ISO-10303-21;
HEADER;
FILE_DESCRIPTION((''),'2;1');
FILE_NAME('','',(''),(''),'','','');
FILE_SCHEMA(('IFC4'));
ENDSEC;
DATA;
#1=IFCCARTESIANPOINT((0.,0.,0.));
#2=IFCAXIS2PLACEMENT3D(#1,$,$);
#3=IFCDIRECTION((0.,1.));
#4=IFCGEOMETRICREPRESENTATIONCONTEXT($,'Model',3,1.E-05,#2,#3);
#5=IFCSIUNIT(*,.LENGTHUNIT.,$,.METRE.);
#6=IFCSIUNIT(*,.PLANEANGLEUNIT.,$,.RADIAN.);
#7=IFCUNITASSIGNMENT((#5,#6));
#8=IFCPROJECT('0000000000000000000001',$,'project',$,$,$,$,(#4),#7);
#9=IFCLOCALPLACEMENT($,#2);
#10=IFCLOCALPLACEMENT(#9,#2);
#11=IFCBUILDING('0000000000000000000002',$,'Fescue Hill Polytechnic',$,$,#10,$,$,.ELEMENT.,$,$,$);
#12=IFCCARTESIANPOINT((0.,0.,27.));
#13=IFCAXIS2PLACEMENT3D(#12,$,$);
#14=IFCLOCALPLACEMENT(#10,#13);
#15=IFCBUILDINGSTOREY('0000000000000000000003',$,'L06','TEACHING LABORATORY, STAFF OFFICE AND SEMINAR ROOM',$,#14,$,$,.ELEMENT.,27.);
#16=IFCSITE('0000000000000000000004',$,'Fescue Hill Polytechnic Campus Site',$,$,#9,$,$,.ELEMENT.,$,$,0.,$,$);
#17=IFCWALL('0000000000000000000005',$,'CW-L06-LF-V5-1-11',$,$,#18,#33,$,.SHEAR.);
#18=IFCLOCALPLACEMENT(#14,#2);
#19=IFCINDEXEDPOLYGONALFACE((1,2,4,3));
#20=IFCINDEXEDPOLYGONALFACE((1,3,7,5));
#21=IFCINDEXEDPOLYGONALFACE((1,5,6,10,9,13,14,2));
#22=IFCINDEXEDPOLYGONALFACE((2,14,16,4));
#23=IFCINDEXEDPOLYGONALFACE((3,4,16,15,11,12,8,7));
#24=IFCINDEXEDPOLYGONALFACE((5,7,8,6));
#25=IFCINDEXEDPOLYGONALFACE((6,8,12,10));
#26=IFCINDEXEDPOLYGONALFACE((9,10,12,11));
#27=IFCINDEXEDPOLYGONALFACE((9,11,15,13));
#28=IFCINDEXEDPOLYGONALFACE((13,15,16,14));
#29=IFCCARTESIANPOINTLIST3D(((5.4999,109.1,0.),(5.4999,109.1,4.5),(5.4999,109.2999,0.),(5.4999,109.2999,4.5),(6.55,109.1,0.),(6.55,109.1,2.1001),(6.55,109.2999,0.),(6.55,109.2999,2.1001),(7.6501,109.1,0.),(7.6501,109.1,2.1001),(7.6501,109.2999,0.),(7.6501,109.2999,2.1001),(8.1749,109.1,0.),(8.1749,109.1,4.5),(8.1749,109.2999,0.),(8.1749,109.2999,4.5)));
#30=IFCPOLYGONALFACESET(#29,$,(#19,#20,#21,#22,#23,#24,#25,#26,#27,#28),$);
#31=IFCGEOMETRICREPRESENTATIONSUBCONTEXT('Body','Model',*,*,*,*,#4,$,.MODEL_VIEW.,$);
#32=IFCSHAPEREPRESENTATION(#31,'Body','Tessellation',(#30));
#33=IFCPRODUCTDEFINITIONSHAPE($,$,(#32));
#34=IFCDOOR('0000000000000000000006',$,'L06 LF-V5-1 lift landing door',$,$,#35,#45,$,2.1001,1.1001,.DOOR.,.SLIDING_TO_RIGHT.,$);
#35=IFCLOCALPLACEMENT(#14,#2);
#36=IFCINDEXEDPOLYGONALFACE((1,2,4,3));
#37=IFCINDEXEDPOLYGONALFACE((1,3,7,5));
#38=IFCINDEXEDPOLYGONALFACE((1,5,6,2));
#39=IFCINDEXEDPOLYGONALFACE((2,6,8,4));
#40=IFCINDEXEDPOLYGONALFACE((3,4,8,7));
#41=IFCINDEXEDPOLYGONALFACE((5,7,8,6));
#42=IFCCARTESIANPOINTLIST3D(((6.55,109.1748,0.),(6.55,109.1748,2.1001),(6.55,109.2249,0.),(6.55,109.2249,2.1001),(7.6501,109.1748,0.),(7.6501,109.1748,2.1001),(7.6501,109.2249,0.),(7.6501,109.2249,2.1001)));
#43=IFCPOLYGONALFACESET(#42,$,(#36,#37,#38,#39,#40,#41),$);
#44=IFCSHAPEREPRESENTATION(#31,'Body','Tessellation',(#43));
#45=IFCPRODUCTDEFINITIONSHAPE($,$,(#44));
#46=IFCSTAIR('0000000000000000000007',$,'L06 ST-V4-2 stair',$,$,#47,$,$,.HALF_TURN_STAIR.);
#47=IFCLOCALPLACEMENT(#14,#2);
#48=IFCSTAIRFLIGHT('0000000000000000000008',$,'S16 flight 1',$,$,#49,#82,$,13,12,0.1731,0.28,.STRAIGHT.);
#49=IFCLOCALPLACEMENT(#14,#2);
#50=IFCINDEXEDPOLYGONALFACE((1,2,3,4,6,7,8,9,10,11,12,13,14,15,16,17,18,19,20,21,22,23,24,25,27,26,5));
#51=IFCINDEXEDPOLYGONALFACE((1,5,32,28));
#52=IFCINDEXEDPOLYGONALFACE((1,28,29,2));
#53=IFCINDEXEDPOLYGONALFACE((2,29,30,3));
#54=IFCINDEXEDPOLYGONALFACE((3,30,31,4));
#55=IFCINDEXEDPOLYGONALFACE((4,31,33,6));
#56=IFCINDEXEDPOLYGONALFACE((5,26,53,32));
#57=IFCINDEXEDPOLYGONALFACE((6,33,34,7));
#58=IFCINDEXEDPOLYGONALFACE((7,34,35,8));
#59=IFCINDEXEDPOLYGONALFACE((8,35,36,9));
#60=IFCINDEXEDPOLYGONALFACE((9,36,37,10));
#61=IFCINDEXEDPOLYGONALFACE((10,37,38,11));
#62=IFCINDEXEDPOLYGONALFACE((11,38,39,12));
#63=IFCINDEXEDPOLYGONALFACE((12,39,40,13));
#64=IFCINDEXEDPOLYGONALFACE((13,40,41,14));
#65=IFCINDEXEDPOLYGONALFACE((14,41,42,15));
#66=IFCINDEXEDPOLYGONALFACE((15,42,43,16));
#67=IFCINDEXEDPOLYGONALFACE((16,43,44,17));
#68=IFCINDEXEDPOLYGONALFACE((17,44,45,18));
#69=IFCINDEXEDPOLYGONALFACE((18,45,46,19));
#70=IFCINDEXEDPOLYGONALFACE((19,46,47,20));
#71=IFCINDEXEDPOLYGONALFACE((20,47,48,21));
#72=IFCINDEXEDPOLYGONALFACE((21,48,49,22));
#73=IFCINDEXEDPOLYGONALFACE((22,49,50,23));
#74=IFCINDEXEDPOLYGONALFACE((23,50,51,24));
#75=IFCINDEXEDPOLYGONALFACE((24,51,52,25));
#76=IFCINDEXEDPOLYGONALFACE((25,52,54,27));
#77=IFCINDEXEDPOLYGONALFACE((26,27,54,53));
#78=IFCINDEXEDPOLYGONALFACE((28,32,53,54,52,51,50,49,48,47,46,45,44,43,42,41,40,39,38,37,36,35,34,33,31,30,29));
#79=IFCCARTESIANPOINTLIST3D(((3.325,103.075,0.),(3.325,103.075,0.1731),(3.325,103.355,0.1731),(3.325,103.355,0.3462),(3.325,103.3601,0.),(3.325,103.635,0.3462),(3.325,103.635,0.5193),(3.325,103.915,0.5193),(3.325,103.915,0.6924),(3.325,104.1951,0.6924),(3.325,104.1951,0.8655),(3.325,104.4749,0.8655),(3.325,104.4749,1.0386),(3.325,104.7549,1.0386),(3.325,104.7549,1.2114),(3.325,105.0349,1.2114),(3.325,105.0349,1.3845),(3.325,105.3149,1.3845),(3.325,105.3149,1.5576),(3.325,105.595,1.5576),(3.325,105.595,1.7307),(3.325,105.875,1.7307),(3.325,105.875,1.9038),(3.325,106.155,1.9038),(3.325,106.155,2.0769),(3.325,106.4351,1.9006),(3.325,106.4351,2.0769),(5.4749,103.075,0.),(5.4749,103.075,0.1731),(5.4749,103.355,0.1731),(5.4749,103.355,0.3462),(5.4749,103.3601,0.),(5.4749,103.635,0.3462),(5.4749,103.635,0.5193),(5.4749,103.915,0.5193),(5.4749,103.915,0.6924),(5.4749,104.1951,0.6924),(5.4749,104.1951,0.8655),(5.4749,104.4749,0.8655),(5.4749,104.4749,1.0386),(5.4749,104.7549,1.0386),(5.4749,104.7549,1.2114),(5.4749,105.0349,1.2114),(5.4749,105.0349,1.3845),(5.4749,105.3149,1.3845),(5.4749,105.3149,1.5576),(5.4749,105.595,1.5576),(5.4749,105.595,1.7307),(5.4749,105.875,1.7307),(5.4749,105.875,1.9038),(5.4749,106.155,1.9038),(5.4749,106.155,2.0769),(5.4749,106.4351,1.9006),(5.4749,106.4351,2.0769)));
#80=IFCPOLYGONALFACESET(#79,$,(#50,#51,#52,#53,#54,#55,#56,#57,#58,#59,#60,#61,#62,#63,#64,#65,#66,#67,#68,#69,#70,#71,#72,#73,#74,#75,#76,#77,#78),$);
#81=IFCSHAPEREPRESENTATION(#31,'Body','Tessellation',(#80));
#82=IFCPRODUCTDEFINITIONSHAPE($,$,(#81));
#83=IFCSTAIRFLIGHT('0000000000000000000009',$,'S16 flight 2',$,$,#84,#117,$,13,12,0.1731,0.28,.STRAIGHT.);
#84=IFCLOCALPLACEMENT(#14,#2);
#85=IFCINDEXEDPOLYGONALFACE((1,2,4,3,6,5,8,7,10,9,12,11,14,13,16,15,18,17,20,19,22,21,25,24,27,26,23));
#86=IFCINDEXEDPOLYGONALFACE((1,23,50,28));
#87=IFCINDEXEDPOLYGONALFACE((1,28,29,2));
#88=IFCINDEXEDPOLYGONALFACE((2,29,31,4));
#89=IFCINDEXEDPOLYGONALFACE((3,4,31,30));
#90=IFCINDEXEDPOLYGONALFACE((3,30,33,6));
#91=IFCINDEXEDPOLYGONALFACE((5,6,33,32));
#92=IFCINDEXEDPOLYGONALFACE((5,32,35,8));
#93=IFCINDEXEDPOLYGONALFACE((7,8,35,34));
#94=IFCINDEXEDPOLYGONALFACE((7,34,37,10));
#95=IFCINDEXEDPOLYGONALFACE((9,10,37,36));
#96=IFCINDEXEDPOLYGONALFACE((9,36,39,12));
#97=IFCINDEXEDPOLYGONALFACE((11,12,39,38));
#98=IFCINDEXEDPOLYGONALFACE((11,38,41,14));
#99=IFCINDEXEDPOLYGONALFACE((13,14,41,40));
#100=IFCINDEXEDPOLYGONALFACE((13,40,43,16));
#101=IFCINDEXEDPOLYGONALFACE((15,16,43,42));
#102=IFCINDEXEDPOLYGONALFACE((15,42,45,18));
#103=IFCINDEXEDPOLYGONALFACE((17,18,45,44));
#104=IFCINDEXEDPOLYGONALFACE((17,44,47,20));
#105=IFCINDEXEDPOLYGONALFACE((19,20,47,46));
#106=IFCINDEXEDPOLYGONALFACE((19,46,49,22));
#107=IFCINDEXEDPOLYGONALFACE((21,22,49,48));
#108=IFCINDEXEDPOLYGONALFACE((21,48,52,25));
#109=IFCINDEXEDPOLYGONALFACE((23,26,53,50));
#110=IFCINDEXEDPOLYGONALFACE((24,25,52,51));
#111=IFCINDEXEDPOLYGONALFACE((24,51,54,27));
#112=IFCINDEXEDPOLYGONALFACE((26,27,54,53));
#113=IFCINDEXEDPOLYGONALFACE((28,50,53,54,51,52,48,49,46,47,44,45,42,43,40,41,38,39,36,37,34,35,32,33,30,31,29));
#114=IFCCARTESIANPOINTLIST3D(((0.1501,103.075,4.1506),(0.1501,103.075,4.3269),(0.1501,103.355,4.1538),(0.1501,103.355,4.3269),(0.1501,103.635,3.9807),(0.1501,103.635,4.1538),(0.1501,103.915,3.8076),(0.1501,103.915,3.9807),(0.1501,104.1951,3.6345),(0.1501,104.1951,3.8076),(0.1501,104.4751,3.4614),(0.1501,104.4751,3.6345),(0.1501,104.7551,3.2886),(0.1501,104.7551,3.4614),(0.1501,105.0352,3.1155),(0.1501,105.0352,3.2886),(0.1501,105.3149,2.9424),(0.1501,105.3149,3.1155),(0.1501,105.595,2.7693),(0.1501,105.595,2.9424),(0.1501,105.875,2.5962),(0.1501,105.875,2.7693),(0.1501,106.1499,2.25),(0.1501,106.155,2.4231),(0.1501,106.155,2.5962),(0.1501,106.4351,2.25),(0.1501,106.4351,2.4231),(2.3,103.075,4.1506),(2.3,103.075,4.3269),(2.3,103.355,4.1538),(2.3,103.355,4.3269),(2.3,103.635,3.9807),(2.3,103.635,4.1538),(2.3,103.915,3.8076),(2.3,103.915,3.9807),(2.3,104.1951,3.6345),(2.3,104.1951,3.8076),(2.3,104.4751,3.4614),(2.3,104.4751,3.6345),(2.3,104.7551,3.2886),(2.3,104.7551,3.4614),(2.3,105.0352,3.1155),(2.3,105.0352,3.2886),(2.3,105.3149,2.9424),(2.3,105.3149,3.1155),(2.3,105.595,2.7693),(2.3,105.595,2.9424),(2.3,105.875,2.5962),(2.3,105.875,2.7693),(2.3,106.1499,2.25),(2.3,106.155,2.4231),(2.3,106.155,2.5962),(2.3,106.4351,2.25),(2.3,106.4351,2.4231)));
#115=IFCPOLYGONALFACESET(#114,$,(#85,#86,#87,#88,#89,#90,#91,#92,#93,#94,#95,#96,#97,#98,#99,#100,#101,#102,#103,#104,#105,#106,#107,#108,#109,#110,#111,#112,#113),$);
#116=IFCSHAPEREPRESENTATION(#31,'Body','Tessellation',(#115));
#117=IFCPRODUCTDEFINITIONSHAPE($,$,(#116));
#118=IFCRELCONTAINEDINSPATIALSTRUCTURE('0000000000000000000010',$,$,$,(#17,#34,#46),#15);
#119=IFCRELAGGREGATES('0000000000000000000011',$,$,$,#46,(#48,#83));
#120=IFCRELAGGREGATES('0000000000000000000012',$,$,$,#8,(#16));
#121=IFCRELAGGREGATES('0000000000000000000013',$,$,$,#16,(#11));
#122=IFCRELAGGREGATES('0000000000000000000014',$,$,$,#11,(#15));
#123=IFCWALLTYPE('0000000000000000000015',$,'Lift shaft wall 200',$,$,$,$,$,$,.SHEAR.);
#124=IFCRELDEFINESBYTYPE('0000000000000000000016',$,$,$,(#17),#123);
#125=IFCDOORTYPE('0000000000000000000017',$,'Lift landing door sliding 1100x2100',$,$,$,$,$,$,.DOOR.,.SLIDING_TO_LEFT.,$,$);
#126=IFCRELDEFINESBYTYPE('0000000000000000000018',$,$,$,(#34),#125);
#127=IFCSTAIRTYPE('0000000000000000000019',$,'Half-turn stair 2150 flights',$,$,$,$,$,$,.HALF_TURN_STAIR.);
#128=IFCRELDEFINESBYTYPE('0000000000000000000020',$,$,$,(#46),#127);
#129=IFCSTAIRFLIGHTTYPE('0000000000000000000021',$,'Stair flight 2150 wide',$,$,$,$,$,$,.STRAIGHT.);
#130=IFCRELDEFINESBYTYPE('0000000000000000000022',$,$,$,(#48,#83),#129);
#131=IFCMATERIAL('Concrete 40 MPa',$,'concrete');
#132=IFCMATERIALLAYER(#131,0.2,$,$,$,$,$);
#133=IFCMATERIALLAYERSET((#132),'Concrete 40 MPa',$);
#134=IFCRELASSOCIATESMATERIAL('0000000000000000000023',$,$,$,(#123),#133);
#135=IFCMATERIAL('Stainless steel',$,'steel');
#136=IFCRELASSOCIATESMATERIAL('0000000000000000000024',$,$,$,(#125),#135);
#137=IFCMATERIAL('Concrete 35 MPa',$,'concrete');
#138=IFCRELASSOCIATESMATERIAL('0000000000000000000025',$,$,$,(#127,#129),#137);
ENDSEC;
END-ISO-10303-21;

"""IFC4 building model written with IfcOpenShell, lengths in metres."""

from ifc_helpers import new_model, si_unit, direction, frame, frame_2d, origin, place, context, subcontext, project, spatial, polyline, rectangle, outline, extrude, material, layer, layer_set, type_object, element, fill, aggregate, save


model = new_model("IFC4")

# Units and contexts
model_context = context("Model", 3, precision=1e-05, world=origin(), true_north=direction((0.0, 1.0)))
body_context = subcontext(model_context, "Body", "Model", "MODEL_VIEW")
ifc_project = project(units=[si_unit("LENGTHUNIT", "METRE"), si_unit("PLANEANGLEUNIT", "RADIAN")], contexts=[model_context])

# Site, building, storey
site_placement = place(None, origin())
site = spatial("IfcSite", under=ifc_project, at=site_placement, Name="Fescue Hill Polytechnic Campus Site", CompositionType="ELEMENT", RefElevation=0.0)
building_placement = place(site_placement, origin())
building = spatial("IfcBuilding", under=site, at=building_placement, Name="Fescue Hill Polytechnic", CompositionType="ELEMENT")
storey_placement = place(building_placement, frame((0.0, 0.0, 27.0)))
storey = spatial("IfcBuildingStorey", under=building, at=storey_placement, Name="L06", Description="TEACHING LABORATORY, STAFF OFFICE AND SEMINAR ROOM", CompositionType="ELEMENT", Elevation=27.0)

# Shared definitions
ifc_material_1 = material(Name="Concrete 40 MPa", Category="concrete")

# Shared definitions
ifc_material_2 = material(Name="Concrete 35 MPa", Category="concrete")

# Wall, opening, door
ifc_layer_1 = layer(ifc_material_1, 0.2)
ifc_layer_set_1 = layer_set([ifc_layer_1], Name="Concrete 40 MPa")
wall_type_1 = type_object("IfcWallType", Name="Lift shaft wall 200", PredefinedType="SHEAR", material=ifc_layer_set_1)
ifc_material_3 = material(Name="Stainless steel", Category="steel")
door_type = type_object("IfcDoorType", Name="Lift landing door sliding 1100x2100", OperationType="SLIDING_TO_LEFT", PredefinedType="DOOR", material=ifc_material_3)
wall_1_placement = place(storey_placement, frame((5.5, 109.2, 0.0), z_axis=(0.0, 0.0, 1.0), x_axis=(1.0, 0.0, 0.0)))
wall_1 = element("IfcWall", 1, at=wall_1_placement, inside=storey, type_object=wall_type_1, Name="CW-L06-LF-V5-1-11", PredefinedType="SHEAR", context=body_context, shape_type="SweptSolid", body=[
    extrude(rectangle(XDim=2.675, YDim=0.2, at=frame_2d((1.3374, 0.0))), origin(), (0.0, 0.0, 1.0), 4.5),
])
opening_1_placement = place(wall_1_placement, frame((1.05, 0.0, 0.0)))
opening_1 = element("IfcOpeningElement", 2, at=opening_1_placement, cuts=wall_1, PredefinedType="OPENING", context=body_context, shape_type="SweptSolid", body=[
    extrude(rectangle(XDim=1.1001, YDim=2.1001, at=frame_2d((0.55, 1.05))), frame((0.0, 0.1099, 0.0), z_axis=(0.0, -1.0, 0.0), x_axis=(1.0, 0.0, 0.0)), (0.0, 0.0, 1.0), 0.22),
])
door_1_placement = place(opening_1_placement, origin())
door_1 = element("IfcDoor", 3, at=door_1_placement, inside=storey, type_object=door_type, Name="L06 LF-V5-1 lift landing door", OperationType="SLIDING_TO_RIGHT", OverallHeight=2.1001, OverallWidth=1.1001, PredefinedType="DOOR", context=body_context, shape_type="SweptSolid", body=[
    extrude(rectangle(XDim=1.1001, YDim=2.1001, at=frame_2d((0.55, 1.05))), frame((0.0, 0.0249, 0.0), z_axis=(0.0, -1.0, 0.0), x_axis=(1.0, 0.0, 0.0)), (0.0, 0.0, 1.0), 0.05),
])
fill(opening_1, door_1)

# Stair, stair flights
stair_type = type_object("IfcStairType", Name="Half-turn stair 2150 flights", PredefinedType="HALF_TURN_STAIR", material=ifc_material_2)
stair_placement = place(storey_placement, origin())
stair = element("IfcStair", 4, at=stair_placement, inside=storey, type_object=stair_type, Name="L06 ST-V4-2 stair", PredefinedType="HALF_TURN_STAIR")
stair_flight_type = type_object("IfcStairFlightType", Name="Stair flight 2150 wide", PredefinedType="STRAIGHT", material=ifc_material_2)
stair_flight_1_placement = place(storey_placement, frame((4.3999, 103.075, 0.0), z_axis=(0.0, 0.0, 1.0), x_axis=(0.0, 1.0, 0.0)))
stair_flight_1 = element("IfcStairFlight", 5, at=stair_flight_1_placement, type_object=stair_flight_type, Name="S16 flight 1", NumberOfRisers=13, NumberOfTreads=12, PredefinedType="STRAIGHT", RiserHeight=0.1731, TreadLength=0.28, context=body_context, shape_type="SweptSolid", body=[
    extrude(outline(polyline([(0.0, 0.0), (0.0, 0.1731), (0.28, 0.1731), (0.28, 0.3462), (0.5601, 0.3462), (0.5601, 0.5193), (0.8401, 0.5193), (0.8401, 0.6924), (1.1201, 0.6924), (1.1201, 0.8655), (1.3999, 0.8655), (1.3999, 1.0386), (1.6799, 1.0386), (1.6799, 1.2114), (1.96, 1.2114), (1.96, 1.3845), (2.24, 1.3845), (2.24, 1.5576), (2.52, 1.5576), (2.52, 1.7307), (2.8, 1.7307), (2.8, 1.9038), (3.0801, 1.9038), (3.0801, 2.0769), (3.3601, 2.0769), (3.3601, 2.25), (3.3601, 1.9006), (0.2852, 0.0), (0.0, 0.0)])), frame((0.0, 1.075, 0.0), z_axis=(0.0, -1.0, 0.0), x_axis=(1.0, 0.0, 0.0)), (0.0, 0.0, 1.0), 2.1499),
])
stair_flight_2_placement = place(storey_placement, frame((1.2251, 106.4351, 2.25), z_axis=(0.0, 0.0, 1.0), x_axis=(0.0, -1.0, 0.0)))
stair_flight_2 = element("IfcStairFlight", 6, at=stair_flight_2_placement, type_object=stair_flight_type, Name="S16 flight 2", NumberOfRisers=13, NumberOfTreads=12, PredefinedType="STRAIGHT", RiserHeight=0.1731, TreadLength=0.28, context=body_context, shape_type="SweptSolid", body=[
    extrude(outline(polyline([(0.0, 0.0), (0.0, 0.1731), (0.28, 0.1731), (0.28, 0.3462), (0.5601, 0.3462), (0.5601, 0.5193), (0.8401, 0.5193), (0.8401, 0.6924), (1.1201, 0.6924), (1.1201, 0.8655), (1.3999, 0.8655), (1.3999, 1.0386), (1.6799, 1.0386), (1.6799, 1.2114), (1.96, 1.2114), (1.96, 1.3845), (2.24, 1.3845), (2.24, 1.5576), (2.52, 1.5576), (2.52, 1.7307), (2.8, 1.7307), (2.8, 1.9038), (3.0801, 1.9038), (3.0801, 2.0769), (3.3601, 2.0769), (3.3601, 2.25), (3.3601, 1.9006), (0.2852, 0.0), (0.0, 0.0)])), frame((0.0, 1.075, 0.0), z_axis=(0.0, -1.0, 0.0), x_axis=(1.0, 0.0, 0.0)), (0.0, 0.0, 1.0), 2.1499),
])
aggregate(stair, [stair_flight_1, stair_flight_2])

save(model, "model.ifc")
